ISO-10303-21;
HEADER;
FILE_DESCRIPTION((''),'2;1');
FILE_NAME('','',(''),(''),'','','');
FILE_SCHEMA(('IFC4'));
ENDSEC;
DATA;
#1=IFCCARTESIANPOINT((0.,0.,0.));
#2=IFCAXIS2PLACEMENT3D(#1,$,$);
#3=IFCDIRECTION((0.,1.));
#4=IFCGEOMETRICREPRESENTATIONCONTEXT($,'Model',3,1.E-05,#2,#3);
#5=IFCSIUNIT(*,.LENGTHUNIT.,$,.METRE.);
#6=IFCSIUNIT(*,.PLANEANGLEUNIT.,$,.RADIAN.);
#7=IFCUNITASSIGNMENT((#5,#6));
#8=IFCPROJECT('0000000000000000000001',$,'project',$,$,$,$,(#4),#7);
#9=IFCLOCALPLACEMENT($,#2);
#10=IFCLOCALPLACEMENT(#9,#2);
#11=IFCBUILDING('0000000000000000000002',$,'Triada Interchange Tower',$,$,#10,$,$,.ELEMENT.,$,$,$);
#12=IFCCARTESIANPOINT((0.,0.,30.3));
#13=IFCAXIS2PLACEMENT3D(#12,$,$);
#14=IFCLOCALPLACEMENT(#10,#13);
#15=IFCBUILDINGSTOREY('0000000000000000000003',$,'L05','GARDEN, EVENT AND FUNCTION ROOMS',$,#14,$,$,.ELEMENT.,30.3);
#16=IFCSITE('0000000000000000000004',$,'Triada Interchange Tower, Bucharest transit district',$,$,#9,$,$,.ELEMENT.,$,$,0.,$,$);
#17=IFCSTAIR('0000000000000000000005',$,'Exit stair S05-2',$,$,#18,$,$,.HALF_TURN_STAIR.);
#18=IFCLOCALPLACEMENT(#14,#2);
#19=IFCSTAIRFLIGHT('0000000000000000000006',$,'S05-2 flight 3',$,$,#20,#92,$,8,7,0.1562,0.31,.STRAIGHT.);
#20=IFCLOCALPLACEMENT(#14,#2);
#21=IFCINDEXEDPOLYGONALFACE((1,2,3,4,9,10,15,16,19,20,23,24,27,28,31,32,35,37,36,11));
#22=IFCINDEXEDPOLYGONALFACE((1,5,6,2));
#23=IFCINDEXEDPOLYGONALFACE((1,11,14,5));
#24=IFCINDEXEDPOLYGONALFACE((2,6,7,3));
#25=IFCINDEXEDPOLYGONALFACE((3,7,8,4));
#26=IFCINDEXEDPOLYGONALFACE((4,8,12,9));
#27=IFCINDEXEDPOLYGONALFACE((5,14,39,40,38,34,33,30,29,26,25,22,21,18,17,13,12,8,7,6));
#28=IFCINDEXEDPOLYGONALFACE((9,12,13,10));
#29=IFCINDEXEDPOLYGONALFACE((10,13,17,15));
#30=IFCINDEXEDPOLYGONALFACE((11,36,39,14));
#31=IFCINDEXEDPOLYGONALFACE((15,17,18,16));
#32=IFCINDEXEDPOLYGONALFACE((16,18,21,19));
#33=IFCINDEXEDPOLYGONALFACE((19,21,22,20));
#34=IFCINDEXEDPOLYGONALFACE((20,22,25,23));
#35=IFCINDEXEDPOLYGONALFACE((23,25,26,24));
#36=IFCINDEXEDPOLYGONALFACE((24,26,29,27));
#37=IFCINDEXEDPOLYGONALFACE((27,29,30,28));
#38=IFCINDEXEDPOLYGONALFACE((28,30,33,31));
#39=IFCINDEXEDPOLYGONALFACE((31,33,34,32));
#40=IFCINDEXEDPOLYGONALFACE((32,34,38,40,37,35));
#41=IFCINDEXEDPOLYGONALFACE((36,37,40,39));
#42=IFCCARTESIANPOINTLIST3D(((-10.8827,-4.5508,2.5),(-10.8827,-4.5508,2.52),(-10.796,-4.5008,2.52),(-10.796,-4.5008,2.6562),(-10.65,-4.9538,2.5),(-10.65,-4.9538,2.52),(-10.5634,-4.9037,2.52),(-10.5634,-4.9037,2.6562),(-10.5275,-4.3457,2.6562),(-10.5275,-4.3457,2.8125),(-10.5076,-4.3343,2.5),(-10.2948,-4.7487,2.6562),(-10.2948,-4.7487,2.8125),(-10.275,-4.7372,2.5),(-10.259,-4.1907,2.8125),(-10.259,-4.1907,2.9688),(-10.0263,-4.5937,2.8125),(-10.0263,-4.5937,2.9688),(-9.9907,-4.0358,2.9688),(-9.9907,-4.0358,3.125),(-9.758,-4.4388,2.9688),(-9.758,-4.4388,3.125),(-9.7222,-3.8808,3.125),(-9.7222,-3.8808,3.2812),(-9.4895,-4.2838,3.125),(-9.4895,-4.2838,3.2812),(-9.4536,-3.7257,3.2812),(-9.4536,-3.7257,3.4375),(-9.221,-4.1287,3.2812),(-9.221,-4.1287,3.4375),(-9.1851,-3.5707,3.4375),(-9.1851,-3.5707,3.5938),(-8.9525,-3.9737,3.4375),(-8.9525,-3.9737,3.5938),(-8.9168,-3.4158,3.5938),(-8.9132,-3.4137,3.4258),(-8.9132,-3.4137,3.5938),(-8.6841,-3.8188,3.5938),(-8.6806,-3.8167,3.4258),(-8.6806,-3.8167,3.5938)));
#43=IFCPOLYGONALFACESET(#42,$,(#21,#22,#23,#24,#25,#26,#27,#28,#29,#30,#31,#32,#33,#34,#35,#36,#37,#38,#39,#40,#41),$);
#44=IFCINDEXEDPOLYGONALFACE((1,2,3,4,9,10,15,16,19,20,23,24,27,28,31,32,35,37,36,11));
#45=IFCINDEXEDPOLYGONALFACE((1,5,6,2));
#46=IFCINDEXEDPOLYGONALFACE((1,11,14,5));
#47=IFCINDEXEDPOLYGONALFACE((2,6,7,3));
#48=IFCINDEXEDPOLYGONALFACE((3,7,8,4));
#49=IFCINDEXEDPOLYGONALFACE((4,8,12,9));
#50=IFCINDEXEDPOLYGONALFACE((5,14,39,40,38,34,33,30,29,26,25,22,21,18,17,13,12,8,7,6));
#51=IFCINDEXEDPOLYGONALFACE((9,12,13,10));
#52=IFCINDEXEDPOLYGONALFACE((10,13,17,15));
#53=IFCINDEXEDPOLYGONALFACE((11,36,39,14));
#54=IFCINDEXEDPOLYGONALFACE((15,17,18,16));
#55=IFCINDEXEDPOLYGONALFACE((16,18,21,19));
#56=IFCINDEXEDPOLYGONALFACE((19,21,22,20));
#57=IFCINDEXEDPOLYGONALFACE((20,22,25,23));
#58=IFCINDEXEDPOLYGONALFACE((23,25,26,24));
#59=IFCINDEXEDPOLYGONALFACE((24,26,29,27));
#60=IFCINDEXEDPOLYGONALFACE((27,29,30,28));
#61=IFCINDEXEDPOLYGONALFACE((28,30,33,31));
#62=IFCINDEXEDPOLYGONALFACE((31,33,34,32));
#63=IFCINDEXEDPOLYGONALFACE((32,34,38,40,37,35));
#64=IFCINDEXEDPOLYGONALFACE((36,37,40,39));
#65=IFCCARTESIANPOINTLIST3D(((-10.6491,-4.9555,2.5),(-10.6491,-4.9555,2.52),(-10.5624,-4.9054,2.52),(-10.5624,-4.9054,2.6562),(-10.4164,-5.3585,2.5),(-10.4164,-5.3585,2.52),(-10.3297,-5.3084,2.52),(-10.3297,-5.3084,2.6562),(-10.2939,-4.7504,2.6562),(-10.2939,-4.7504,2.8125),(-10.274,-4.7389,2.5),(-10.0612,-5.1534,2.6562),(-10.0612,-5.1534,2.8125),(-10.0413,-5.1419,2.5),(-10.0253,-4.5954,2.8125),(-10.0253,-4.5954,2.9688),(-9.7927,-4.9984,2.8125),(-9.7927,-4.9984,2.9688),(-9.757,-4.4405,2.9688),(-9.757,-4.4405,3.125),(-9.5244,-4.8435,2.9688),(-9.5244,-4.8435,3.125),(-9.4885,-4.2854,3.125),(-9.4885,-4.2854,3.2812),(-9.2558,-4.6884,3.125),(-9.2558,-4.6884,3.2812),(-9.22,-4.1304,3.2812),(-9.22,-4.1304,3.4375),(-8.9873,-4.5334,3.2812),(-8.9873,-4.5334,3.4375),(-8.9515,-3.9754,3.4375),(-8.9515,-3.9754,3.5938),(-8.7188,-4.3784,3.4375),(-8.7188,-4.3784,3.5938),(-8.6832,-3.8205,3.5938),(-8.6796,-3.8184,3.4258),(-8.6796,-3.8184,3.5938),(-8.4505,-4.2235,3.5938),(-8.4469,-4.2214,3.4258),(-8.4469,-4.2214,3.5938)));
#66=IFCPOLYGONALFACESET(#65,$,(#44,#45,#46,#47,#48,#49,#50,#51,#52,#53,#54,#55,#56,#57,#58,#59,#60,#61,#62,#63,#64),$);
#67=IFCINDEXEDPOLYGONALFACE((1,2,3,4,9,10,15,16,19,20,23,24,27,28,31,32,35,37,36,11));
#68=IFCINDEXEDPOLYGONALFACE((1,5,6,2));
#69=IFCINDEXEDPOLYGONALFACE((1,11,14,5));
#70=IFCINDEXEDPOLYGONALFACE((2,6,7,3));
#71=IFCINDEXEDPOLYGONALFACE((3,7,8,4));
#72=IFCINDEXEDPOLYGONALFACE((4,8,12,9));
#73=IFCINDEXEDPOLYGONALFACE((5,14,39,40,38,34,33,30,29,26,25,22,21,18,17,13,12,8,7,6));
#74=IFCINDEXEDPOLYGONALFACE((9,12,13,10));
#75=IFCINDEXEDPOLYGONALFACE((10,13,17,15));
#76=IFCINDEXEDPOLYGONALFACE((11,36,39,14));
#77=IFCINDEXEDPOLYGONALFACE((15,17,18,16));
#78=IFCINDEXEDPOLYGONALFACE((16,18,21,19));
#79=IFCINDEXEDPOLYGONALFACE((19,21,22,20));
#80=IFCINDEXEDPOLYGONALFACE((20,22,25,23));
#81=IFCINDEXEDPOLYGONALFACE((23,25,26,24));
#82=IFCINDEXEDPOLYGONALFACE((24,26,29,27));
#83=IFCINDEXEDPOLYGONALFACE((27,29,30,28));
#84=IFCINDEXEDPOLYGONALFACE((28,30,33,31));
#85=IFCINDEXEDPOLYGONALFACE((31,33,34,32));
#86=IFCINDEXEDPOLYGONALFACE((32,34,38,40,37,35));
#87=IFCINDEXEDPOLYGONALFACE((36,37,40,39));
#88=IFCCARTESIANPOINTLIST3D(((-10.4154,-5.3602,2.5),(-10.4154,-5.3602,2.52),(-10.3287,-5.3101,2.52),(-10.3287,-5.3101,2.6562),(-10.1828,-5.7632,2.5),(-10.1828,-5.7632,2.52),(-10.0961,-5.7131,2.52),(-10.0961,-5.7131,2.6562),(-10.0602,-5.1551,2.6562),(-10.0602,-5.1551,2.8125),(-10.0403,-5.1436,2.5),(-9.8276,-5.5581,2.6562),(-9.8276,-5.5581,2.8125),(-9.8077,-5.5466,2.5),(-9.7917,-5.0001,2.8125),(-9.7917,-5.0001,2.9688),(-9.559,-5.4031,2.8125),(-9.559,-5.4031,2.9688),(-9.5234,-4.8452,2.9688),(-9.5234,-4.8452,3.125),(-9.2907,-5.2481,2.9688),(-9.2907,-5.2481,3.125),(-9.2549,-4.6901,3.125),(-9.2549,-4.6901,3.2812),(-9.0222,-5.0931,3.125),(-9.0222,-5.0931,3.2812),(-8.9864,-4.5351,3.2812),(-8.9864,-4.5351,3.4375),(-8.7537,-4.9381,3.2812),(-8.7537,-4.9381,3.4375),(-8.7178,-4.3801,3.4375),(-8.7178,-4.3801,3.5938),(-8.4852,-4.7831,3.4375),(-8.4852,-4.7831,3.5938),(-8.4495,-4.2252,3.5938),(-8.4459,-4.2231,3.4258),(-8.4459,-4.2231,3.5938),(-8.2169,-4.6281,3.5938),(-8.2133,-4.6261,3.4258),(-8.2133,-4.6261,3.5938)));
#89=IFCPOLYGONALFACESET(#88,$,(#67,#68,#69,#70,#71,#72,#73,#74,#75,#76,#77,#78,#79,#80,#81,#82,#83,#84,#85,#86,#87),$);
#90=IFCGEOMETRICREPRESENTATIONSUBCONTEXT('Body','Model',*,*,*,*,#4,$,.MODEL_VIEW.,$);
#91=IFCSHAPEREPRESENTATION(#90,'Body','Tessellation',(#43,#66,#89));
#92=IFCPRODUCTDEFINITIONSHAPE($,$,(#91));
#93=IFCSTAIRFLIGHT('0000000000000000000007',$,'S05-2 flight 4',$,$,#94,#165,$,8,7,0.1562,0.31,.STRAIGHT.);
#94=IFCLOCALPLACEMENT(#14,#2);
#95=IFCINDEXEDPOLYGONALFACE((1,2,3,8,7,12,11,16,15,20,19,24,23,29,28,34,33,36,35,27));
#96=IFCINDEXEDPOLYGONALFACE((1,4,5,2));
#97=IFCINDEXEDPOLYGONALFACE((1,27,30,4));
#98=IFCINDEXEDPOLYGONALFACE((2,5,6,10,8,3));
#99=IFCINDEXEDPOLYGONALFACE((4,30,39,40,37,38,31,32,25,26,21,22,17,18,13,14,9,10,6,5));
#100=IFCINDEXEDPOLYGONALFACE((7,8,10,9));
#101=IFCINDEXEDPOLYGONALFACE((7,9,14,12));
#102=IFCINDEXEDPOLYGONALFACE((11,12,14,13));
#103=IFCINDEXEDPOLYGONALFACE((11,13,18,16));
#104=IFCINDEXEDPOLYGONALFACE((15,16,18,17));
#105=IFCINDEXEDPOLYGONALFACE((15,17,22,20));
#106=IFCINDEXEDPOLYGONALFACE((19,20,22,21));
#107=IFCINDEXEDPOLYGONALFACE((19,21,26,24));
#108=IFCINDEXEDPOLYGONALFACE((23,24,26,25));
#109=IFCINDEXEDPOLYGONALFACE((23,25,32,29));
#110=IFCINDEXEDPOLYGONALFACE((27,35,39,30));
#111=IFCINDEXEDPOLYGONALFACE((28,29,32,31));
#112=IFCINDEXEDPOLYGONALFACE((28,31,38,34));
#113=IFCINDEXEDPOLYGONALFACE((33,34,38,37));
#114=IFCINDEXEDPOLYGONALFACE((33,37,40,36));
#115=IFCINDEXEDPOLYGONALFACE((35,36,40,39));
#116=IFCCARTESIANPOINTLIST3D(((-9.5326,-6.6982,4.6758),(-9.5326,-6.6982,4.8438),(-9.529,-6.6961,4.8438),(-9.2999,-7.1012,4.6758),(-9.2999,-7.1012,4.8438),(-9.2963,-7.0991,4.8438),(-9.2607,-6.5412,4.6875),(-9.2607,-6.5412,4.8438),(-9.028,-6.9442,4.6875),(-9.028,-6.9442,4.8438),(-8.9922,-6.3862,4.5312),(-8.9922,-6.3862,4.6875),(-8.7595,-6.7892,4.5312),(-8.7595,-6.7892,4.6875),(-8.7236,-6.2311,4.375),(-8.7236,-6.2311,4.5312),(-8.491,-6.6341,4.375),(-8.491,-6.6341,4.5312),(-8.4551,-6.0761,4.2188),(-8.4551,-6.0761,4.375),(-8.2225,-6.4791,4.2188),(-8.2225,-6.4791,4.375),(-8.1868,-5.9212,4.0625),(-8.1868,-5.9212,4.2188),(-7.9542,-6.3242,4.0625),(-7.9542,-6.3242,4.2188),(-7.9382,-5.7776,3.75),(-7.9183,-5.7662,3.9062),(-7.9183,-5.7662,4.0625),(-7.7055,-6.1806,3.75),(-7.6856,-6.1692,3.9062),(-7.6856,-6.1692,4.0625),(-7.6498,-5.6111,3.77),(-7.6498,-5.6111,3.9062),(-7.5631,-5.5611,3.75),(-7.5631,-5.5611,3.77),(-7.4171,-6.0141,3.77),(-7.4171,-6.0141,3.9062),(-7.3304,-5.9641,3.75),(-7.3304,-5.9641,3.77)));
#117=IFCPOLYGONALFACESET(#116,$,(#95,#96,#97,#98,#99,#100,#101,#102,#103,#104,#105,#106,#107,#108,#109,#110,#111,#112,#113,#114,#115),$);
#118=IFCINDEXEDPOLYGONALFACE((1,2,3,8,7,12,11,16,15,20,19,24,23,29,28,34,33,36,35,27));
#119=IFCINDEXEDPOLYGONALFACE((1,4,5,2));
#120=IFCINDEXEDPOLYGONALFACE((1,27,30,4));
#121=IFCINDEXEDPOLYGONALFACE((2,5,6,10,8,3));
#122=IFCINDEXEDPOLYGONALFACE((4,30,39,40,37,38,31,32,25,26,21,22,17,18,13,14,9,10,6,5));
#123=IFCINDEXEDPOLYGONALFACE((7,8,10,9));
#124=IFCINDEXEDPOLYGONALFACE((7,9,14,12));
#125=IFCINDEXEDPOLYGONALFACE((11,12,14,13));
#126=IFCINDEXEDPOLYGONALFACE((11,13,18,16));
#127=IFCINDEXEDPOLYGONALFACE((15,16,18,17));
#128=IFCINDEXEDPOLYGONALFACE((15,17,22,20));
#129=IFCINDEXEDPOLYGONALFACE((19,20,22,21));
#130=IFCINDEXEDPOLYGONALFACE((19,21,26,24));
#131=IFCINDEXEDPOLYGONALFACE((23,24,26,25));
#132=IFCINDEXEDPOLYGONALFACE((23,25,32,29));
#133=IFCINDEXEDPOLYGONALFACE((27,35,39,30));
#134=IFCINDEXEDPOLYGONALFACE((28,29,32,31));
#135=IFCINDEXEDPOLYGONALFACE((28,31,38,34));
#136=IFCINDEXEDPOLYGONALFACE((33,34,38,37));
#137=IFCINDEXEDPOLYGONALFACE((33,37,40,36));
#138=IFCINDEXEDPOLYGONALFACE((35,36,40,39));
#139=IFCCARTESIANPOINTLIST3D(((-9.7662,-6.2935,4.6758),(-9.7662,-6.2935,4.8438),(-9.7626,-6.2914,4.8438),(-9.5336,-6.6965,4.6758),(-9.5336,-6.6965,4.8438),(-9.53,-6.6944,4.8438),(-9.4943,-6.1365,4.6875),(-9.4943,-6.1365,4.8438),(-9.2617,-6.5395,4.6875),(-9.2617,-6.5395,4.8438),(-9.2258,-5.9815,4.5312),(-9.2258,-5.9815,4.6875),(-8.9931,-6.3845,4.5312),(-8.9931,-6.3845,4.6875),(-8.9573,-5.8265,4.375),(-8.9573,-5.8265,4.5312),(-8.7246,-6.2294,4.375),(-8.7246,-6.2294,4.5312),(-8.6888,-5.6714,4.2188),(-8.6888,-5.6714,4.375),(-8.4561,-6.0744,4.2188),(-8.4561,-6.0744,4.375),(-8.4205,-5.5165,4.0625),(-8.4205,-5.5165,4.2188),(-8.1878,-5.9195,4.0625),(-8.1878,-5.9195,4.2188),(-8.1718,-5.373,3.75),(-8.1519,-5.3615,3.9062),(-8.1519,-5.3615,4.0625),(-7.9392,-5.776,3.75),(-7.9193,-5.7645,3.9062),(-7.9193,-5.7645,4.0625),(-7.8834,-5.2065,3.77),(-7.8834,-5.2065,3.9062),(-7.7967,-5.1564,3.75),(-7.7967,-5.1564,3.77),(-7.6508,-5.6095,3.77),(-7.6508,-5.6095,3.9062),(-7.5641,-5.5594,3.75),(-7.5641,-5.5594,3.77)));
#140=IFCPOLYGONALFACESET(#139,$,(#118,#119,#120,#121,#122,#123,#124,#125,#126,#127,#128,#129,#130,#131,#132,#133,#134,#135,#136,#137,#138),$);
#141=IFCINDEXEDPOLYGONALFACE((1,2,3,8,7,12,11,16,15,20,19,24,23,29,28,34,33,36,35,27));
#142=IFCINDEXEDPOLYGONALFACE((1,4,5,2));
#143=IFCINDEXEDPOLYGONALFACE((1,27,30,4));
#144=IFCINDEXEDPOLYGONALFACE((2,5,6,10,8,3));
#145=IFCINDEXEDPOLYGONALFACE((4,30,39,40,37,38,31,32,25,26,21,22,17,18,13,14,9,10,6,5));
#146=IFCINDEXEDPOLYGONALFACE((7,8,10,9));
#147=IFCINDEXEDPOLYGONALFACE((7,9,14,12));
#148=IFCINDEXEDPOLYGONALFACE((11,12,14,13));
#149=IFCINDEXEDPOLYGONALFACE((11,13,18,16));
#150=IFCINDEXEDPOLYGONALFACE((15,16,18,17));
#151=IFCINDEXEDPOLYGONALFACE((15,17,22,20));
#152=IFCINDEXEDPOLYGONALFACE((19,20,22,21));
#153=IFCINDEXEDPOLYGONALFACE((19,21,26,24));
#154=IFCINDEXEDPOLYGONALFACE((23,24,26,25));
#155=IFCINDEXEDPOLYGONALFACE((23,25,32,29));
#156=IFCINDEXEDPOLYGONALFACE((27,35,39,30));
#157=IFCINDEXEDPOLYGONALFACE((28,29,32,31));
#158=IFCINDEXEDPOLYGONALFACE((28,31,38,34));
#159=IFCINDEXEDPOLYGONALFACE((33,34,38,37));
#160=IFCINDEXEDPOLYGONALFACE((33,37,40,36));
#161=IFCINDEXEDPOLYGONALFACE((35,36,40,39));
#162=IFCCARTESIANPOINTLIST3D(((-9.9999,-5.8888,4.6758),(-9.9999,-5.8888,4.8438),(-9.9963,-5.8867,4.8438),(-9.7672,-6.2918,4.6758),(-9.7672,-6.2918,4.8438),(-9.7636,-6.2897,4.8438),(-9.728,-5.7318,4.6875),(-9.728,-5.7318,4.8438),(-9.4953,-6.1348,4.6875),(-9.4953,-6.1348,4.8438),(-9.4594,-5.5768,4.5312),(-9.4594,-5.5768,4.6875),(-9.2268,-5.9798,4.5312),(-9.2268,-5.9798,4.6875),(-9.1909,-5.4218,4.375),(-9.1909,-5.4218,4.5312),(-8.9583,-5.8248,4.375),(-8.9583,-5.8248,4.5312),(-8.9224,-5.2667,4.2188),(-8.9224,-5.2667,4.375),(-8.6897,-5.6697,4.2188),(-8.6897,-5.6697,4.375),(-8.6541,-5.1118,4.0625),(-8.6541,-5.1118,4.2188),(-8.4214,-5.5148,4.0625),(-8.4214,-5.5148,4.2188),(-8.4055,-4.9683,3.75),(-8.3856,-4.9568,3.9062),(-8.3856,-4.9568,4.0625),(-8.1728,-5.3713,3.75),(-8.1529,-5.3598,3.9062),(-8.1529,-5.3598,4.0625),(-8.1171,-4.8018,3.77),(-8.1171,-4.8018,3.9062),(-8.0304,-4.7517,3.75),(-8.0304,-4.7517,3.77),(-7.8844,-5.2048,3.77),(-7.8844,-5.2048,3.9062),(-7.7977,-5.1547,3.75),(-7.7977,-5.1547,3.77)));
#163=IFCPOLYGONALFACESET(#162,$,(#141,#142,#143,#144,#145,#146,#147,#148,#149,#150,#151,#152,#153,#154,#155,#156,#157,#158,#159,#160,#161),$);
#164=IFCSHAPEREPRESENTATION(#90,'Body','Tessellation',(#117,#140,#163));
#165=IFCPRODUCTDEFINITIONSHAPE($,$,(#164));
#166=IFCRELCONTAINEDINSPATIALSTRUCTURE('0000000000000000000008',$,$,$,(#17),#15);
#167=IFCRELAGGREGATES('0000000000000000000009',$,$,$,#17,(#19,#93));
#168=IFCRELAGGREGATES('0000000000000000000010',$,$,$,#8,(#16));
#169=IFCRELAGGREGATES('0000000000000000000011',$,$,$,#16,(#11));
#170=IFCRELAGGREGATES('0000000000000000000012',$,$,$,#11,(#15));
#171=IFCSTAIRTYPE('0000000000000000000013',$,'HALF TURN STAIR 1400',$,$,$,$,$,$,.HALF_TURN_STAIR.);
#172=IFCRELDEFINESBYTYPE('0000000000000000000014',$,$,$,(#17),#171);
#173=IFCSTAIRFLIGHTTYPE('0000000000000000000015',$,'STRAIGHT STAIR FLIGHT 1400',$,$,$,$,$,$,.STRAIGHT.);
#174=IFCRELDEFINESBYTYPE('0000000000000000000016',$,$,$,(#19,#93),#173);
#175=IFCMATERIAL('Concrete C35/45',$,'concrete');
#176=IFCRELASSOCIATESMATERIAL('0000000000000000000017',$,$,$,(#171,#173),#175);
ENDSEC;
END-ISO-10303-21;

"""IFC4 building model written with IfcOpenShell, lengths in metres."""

from ifc_helpers import new_model, si_unit, direction, frame, origin, place, context, subcontext, project, spatial, polyline, outline, extrude, material, type_object, element, aggregate, save


model = new_model("IFC4")

# Units and contexts
model_context = context("Model", 3, precision=1e-05, world=origin(), true_north=direction((0.0, 1.0)))
body_context = subcontext(model_context, "Body", "Model", "MODEL_VIEW")
ifc_project = project(units=[si_unit("LENGTHUNIT", "METRE"), si_unit("PLANEANGLEUNIT", "RADIAN")], contexts=[model_context])

# Site, building, storey
site_placement = place(None, origin())
site = spatial("IfcSite", under=ifc_project, at=site_placement, Name="Triada Interchange Tower, Bucharest transit district", CompositionType="ELEMENT", RefElevation=0.0)
building_placement = place(site_placement, origin())
building = spatial("IfcBuilding", under=site, at=building_placement, Name="Triada Interchange Tower", CompositionType="ELEMENT")
storey_placement = place(building_placement, frame((0.0, 0.0, 30.3)))
storey = spatial("IfcBuildingStorey", under=building, at=storey_placement, Name="L05", Description="GARDEN, EVENT AND FUNCTION ROOMS", CompositionType="ELEMENT", Elevation=30.3)

# Stair, stair flights
ifc_material_1 = material(Name="Concrete C35/45", Category="concrete")
stair_type = type_object("IfcStairType", Name="HALF TURN STAIR 1400", PredefinedType="HALF_TURN_STAIR", material=ifc_material_1)
stair_placement = place(storey_placement, origin())
stair = element("IfcStair", 1, at=stair_placement, inside=storey, type_object=stair_type, Name="Exit stair S05-2", PredefinedType="HALF_TURN_STAIR")
stair_flight_type = type_object("IfcStairFlightType", Name="STRAIGHT STAIR FLIGHT 1400", PredefinedType="STRAIGHT", material=ifc_material_1)
stair_flight_1_placement = place(storey_placement, frame((-10.446, -5.1069, 2.5), z_axis=(0.0, 0.0, 1.0), x_axis=(0.866025, 0.5, 0.0)))
stair_flight_1 = element("IfcStairFlight", 2, at=stair_flight_1_placement, type_object=stair_flight_type, Name="S05-2 flight 3", NumberOfRisers=8, NumberOfTreads=7, PredefinedType="STRAIGHT", RiserHeight=0.1562, TreadLength=0.31, context=body_context, shape_type="SweptSolid", body=[
    extrude(outline(polyline([(-0.1001, 0.0), (-0.1001, 0.02), (0.0, 0.02), (0.0, 0.1562), (0.3101, 0.1562), (0.3101, 0.3125), (0.6201, 0.3125), (0.6201, 0.4688), (0.9299, 0.4688), (0.9299, 0.625), (1.24, 0.625), (1.24, 0.7812), (1.55, 0.7812), (1.55, 0.9375), (1.8601, 0.9375), (1.8601, 1.0938), (2.1699, 1.0938), (2.1741, 1.0938), (2.1741, 1.25), (2.1741, 0.9258), (0.333, 0.0), (-0.1001, 0.0)])), frame((0.0, 0.7, 0.0), z_axis=(0.0, -1.0, 0.0), x_axis=(1.0, 0.0, 0.0)), (0.0, 0.0, 1.0), 0.4653),
    extrude(outline(polyline([(-0.1001, 0.0), (-0.1001, 0.02), (0.0, 0.02), (0.0, 0.1562), (0.3101, 0.1562), (0.3101, 0.3125), (0.6201, 0.3125), (0.6201, 0.4688), (0.9299, 0.4688), (0.9299, 0.625), (1.24, 0.625), (1.24, 0.7812), (1.55, 0.7812), (1.55, 0.9375), (1.8601, 0.9375), (1.8601, 1.0938), (2.1699, 1.0938), (2.1741, 1.0938), (2.1741, 1.25), (2.1741, 0.9258), (0.333, 0.0), (-0.1001, 0.0)])), frame((0.0, 0.2327, 0.0), z_axis=(0.0, -1.0, 0.0), x_axis=(1.0, 0.0, 0.0)), (0.0, 0.0, 1.0), 0.4653),
    extrude(outline(polyline([(-0.1001, 0.0), (-0.1001, 0.02), (0.0, 0.02), (0.0, 0.1562), (0.3101, 0.1562), (0.3101, 0.3125), (0.6201, 0.3125), (0.6201, 0.4688), (0.9299, 0.4688), (0.9299, 0.625), (1.24, 0.625), (1.24, 0.7812), (1.55, 0.7812), (1.55, 0.9375), (1.8601, 0.9375), (1.8601, 1.0938), (2.1699, 1.0938), (2.1741, 1.0938), (2.1741, 1.25), (2.1741, 0.9258), (0.333, 0.0), (-0.1001, 0.0)])), frame((0.0, -0.2346, 0.0), z_axis=(0.0, -1.0, 0.0), x_axis=(1.0, 0.0, 0.0)), (0.0, 0.0, 1.0), 0.4653),
])
stair_flight_2_placement = place(storey_placement, frame((-7.7671, -5.408, 3.75), z_axis=(0.0, 0.0, 1.0), x_axis=(-0.866025, -0.5, 0.0)))
stair_flight_2 = element("IfcStairFlight", 3, at=stair_flight_2_placement, type_object=stair_flight_type, Name="S05-2 flight 4", NumberOfRisers=8, NumberOfTreads=7, PredefinedType="STRAIGHT", RiserHeight=0.1562, TreadLength=0.31, context=body_context, shape_type="SweptSolid", body=[
    extrude(outline(polyline([(-0.1001, 0.0), (-0.1001, 0.02), (0.0, 0.02), (0.0, 0.1562), (0.3101, 0.1562), (0.3101, 0.3125), (0.6201, 0.3125), (0.6201, 0.4688), (0.9299, 0.4688), (0.9299, 0.625), (1.24, 0.625), (1.24, 0.7812), (1.55, 0.7812), (1.55, 0.9375), (1.8601, 0.9375), (1.8601, 1.0938), (2.1699, 1.0938), (2.1741, 1.0938), (2.1741, 1.25), (2.1741, 0.9258), (0.333, 0.0), (-0.1001, 0.0)])), frame((0.0, 0.7, 0.0), z_axis=(0.0, -1.0, 0.0), x_axis=(1.0, 0.0, 0.0)), (0.0, 0.0, 1.0), 0.4653),
    extrude(outline(polyline([(-0.1001, 0.0), (-0.1001, 0.02), (0.0, 0.02), (0.0, 0.1562), (0.3101, 0.1562), (0.3101, 0.3125), (0.6201, 0.3125), (0.6201, 0.4688), (0.9299, 0.4688), (0.9299, 0.625), (1.24, 0.625), (1.24, 0.7812), (1.55, 0.7812), (1.55, 0.9375), (1.8601, 0.9375), (1.8601, 1.0938), (2.1699, 1.0938), (2.1741, 1.0938), (2.1741, 1.25), (2.1741, 0.9258), (0.333, 0.0), (-0.1001, 0.0)])), frame((0.0, 0.2327, 0.0), z_axis=(0.0, -1.0, 0.0), x_axis=(1.0, 0.0, 0.0)), (0.0, 0.0, 1.0), 0.4653),
    extrude(outline(polyline([(-0.1001, 0.0), (-0.1001, 0.02), (0.0, 0.02), (0.0, 0.1562), (0.3101, 0.1562), (0.3101, 0.3125), (0.6201, 0.3125), (0.6201, 0.4688), (0.9299, 0.4688), (0.9299, 0.625), (1.24, 0.625), (1.24, 0.7812), (1.55, 0.7812), (1.55, 0.9375), (1.8601, 0.9375), (1.8601, 1.0938), (2.1699, 1.0938), (2.1741, 1.0938), (2.1741, 1.25), (2.1741, 0.9258), (0.333, 0.0), (-0.1001, 0.0)])), frame((0.0, -0.2346, 0.0), z_axis=(0.0, -1.0, 0.0), x_axis=(1.0, 0.0, 0.0)), (0.0, 0.0, 1.0), 0.4653),
])
aggregate(stair, [stair_flight_1, stair_flight_2])

save(model, "model.ifc")
